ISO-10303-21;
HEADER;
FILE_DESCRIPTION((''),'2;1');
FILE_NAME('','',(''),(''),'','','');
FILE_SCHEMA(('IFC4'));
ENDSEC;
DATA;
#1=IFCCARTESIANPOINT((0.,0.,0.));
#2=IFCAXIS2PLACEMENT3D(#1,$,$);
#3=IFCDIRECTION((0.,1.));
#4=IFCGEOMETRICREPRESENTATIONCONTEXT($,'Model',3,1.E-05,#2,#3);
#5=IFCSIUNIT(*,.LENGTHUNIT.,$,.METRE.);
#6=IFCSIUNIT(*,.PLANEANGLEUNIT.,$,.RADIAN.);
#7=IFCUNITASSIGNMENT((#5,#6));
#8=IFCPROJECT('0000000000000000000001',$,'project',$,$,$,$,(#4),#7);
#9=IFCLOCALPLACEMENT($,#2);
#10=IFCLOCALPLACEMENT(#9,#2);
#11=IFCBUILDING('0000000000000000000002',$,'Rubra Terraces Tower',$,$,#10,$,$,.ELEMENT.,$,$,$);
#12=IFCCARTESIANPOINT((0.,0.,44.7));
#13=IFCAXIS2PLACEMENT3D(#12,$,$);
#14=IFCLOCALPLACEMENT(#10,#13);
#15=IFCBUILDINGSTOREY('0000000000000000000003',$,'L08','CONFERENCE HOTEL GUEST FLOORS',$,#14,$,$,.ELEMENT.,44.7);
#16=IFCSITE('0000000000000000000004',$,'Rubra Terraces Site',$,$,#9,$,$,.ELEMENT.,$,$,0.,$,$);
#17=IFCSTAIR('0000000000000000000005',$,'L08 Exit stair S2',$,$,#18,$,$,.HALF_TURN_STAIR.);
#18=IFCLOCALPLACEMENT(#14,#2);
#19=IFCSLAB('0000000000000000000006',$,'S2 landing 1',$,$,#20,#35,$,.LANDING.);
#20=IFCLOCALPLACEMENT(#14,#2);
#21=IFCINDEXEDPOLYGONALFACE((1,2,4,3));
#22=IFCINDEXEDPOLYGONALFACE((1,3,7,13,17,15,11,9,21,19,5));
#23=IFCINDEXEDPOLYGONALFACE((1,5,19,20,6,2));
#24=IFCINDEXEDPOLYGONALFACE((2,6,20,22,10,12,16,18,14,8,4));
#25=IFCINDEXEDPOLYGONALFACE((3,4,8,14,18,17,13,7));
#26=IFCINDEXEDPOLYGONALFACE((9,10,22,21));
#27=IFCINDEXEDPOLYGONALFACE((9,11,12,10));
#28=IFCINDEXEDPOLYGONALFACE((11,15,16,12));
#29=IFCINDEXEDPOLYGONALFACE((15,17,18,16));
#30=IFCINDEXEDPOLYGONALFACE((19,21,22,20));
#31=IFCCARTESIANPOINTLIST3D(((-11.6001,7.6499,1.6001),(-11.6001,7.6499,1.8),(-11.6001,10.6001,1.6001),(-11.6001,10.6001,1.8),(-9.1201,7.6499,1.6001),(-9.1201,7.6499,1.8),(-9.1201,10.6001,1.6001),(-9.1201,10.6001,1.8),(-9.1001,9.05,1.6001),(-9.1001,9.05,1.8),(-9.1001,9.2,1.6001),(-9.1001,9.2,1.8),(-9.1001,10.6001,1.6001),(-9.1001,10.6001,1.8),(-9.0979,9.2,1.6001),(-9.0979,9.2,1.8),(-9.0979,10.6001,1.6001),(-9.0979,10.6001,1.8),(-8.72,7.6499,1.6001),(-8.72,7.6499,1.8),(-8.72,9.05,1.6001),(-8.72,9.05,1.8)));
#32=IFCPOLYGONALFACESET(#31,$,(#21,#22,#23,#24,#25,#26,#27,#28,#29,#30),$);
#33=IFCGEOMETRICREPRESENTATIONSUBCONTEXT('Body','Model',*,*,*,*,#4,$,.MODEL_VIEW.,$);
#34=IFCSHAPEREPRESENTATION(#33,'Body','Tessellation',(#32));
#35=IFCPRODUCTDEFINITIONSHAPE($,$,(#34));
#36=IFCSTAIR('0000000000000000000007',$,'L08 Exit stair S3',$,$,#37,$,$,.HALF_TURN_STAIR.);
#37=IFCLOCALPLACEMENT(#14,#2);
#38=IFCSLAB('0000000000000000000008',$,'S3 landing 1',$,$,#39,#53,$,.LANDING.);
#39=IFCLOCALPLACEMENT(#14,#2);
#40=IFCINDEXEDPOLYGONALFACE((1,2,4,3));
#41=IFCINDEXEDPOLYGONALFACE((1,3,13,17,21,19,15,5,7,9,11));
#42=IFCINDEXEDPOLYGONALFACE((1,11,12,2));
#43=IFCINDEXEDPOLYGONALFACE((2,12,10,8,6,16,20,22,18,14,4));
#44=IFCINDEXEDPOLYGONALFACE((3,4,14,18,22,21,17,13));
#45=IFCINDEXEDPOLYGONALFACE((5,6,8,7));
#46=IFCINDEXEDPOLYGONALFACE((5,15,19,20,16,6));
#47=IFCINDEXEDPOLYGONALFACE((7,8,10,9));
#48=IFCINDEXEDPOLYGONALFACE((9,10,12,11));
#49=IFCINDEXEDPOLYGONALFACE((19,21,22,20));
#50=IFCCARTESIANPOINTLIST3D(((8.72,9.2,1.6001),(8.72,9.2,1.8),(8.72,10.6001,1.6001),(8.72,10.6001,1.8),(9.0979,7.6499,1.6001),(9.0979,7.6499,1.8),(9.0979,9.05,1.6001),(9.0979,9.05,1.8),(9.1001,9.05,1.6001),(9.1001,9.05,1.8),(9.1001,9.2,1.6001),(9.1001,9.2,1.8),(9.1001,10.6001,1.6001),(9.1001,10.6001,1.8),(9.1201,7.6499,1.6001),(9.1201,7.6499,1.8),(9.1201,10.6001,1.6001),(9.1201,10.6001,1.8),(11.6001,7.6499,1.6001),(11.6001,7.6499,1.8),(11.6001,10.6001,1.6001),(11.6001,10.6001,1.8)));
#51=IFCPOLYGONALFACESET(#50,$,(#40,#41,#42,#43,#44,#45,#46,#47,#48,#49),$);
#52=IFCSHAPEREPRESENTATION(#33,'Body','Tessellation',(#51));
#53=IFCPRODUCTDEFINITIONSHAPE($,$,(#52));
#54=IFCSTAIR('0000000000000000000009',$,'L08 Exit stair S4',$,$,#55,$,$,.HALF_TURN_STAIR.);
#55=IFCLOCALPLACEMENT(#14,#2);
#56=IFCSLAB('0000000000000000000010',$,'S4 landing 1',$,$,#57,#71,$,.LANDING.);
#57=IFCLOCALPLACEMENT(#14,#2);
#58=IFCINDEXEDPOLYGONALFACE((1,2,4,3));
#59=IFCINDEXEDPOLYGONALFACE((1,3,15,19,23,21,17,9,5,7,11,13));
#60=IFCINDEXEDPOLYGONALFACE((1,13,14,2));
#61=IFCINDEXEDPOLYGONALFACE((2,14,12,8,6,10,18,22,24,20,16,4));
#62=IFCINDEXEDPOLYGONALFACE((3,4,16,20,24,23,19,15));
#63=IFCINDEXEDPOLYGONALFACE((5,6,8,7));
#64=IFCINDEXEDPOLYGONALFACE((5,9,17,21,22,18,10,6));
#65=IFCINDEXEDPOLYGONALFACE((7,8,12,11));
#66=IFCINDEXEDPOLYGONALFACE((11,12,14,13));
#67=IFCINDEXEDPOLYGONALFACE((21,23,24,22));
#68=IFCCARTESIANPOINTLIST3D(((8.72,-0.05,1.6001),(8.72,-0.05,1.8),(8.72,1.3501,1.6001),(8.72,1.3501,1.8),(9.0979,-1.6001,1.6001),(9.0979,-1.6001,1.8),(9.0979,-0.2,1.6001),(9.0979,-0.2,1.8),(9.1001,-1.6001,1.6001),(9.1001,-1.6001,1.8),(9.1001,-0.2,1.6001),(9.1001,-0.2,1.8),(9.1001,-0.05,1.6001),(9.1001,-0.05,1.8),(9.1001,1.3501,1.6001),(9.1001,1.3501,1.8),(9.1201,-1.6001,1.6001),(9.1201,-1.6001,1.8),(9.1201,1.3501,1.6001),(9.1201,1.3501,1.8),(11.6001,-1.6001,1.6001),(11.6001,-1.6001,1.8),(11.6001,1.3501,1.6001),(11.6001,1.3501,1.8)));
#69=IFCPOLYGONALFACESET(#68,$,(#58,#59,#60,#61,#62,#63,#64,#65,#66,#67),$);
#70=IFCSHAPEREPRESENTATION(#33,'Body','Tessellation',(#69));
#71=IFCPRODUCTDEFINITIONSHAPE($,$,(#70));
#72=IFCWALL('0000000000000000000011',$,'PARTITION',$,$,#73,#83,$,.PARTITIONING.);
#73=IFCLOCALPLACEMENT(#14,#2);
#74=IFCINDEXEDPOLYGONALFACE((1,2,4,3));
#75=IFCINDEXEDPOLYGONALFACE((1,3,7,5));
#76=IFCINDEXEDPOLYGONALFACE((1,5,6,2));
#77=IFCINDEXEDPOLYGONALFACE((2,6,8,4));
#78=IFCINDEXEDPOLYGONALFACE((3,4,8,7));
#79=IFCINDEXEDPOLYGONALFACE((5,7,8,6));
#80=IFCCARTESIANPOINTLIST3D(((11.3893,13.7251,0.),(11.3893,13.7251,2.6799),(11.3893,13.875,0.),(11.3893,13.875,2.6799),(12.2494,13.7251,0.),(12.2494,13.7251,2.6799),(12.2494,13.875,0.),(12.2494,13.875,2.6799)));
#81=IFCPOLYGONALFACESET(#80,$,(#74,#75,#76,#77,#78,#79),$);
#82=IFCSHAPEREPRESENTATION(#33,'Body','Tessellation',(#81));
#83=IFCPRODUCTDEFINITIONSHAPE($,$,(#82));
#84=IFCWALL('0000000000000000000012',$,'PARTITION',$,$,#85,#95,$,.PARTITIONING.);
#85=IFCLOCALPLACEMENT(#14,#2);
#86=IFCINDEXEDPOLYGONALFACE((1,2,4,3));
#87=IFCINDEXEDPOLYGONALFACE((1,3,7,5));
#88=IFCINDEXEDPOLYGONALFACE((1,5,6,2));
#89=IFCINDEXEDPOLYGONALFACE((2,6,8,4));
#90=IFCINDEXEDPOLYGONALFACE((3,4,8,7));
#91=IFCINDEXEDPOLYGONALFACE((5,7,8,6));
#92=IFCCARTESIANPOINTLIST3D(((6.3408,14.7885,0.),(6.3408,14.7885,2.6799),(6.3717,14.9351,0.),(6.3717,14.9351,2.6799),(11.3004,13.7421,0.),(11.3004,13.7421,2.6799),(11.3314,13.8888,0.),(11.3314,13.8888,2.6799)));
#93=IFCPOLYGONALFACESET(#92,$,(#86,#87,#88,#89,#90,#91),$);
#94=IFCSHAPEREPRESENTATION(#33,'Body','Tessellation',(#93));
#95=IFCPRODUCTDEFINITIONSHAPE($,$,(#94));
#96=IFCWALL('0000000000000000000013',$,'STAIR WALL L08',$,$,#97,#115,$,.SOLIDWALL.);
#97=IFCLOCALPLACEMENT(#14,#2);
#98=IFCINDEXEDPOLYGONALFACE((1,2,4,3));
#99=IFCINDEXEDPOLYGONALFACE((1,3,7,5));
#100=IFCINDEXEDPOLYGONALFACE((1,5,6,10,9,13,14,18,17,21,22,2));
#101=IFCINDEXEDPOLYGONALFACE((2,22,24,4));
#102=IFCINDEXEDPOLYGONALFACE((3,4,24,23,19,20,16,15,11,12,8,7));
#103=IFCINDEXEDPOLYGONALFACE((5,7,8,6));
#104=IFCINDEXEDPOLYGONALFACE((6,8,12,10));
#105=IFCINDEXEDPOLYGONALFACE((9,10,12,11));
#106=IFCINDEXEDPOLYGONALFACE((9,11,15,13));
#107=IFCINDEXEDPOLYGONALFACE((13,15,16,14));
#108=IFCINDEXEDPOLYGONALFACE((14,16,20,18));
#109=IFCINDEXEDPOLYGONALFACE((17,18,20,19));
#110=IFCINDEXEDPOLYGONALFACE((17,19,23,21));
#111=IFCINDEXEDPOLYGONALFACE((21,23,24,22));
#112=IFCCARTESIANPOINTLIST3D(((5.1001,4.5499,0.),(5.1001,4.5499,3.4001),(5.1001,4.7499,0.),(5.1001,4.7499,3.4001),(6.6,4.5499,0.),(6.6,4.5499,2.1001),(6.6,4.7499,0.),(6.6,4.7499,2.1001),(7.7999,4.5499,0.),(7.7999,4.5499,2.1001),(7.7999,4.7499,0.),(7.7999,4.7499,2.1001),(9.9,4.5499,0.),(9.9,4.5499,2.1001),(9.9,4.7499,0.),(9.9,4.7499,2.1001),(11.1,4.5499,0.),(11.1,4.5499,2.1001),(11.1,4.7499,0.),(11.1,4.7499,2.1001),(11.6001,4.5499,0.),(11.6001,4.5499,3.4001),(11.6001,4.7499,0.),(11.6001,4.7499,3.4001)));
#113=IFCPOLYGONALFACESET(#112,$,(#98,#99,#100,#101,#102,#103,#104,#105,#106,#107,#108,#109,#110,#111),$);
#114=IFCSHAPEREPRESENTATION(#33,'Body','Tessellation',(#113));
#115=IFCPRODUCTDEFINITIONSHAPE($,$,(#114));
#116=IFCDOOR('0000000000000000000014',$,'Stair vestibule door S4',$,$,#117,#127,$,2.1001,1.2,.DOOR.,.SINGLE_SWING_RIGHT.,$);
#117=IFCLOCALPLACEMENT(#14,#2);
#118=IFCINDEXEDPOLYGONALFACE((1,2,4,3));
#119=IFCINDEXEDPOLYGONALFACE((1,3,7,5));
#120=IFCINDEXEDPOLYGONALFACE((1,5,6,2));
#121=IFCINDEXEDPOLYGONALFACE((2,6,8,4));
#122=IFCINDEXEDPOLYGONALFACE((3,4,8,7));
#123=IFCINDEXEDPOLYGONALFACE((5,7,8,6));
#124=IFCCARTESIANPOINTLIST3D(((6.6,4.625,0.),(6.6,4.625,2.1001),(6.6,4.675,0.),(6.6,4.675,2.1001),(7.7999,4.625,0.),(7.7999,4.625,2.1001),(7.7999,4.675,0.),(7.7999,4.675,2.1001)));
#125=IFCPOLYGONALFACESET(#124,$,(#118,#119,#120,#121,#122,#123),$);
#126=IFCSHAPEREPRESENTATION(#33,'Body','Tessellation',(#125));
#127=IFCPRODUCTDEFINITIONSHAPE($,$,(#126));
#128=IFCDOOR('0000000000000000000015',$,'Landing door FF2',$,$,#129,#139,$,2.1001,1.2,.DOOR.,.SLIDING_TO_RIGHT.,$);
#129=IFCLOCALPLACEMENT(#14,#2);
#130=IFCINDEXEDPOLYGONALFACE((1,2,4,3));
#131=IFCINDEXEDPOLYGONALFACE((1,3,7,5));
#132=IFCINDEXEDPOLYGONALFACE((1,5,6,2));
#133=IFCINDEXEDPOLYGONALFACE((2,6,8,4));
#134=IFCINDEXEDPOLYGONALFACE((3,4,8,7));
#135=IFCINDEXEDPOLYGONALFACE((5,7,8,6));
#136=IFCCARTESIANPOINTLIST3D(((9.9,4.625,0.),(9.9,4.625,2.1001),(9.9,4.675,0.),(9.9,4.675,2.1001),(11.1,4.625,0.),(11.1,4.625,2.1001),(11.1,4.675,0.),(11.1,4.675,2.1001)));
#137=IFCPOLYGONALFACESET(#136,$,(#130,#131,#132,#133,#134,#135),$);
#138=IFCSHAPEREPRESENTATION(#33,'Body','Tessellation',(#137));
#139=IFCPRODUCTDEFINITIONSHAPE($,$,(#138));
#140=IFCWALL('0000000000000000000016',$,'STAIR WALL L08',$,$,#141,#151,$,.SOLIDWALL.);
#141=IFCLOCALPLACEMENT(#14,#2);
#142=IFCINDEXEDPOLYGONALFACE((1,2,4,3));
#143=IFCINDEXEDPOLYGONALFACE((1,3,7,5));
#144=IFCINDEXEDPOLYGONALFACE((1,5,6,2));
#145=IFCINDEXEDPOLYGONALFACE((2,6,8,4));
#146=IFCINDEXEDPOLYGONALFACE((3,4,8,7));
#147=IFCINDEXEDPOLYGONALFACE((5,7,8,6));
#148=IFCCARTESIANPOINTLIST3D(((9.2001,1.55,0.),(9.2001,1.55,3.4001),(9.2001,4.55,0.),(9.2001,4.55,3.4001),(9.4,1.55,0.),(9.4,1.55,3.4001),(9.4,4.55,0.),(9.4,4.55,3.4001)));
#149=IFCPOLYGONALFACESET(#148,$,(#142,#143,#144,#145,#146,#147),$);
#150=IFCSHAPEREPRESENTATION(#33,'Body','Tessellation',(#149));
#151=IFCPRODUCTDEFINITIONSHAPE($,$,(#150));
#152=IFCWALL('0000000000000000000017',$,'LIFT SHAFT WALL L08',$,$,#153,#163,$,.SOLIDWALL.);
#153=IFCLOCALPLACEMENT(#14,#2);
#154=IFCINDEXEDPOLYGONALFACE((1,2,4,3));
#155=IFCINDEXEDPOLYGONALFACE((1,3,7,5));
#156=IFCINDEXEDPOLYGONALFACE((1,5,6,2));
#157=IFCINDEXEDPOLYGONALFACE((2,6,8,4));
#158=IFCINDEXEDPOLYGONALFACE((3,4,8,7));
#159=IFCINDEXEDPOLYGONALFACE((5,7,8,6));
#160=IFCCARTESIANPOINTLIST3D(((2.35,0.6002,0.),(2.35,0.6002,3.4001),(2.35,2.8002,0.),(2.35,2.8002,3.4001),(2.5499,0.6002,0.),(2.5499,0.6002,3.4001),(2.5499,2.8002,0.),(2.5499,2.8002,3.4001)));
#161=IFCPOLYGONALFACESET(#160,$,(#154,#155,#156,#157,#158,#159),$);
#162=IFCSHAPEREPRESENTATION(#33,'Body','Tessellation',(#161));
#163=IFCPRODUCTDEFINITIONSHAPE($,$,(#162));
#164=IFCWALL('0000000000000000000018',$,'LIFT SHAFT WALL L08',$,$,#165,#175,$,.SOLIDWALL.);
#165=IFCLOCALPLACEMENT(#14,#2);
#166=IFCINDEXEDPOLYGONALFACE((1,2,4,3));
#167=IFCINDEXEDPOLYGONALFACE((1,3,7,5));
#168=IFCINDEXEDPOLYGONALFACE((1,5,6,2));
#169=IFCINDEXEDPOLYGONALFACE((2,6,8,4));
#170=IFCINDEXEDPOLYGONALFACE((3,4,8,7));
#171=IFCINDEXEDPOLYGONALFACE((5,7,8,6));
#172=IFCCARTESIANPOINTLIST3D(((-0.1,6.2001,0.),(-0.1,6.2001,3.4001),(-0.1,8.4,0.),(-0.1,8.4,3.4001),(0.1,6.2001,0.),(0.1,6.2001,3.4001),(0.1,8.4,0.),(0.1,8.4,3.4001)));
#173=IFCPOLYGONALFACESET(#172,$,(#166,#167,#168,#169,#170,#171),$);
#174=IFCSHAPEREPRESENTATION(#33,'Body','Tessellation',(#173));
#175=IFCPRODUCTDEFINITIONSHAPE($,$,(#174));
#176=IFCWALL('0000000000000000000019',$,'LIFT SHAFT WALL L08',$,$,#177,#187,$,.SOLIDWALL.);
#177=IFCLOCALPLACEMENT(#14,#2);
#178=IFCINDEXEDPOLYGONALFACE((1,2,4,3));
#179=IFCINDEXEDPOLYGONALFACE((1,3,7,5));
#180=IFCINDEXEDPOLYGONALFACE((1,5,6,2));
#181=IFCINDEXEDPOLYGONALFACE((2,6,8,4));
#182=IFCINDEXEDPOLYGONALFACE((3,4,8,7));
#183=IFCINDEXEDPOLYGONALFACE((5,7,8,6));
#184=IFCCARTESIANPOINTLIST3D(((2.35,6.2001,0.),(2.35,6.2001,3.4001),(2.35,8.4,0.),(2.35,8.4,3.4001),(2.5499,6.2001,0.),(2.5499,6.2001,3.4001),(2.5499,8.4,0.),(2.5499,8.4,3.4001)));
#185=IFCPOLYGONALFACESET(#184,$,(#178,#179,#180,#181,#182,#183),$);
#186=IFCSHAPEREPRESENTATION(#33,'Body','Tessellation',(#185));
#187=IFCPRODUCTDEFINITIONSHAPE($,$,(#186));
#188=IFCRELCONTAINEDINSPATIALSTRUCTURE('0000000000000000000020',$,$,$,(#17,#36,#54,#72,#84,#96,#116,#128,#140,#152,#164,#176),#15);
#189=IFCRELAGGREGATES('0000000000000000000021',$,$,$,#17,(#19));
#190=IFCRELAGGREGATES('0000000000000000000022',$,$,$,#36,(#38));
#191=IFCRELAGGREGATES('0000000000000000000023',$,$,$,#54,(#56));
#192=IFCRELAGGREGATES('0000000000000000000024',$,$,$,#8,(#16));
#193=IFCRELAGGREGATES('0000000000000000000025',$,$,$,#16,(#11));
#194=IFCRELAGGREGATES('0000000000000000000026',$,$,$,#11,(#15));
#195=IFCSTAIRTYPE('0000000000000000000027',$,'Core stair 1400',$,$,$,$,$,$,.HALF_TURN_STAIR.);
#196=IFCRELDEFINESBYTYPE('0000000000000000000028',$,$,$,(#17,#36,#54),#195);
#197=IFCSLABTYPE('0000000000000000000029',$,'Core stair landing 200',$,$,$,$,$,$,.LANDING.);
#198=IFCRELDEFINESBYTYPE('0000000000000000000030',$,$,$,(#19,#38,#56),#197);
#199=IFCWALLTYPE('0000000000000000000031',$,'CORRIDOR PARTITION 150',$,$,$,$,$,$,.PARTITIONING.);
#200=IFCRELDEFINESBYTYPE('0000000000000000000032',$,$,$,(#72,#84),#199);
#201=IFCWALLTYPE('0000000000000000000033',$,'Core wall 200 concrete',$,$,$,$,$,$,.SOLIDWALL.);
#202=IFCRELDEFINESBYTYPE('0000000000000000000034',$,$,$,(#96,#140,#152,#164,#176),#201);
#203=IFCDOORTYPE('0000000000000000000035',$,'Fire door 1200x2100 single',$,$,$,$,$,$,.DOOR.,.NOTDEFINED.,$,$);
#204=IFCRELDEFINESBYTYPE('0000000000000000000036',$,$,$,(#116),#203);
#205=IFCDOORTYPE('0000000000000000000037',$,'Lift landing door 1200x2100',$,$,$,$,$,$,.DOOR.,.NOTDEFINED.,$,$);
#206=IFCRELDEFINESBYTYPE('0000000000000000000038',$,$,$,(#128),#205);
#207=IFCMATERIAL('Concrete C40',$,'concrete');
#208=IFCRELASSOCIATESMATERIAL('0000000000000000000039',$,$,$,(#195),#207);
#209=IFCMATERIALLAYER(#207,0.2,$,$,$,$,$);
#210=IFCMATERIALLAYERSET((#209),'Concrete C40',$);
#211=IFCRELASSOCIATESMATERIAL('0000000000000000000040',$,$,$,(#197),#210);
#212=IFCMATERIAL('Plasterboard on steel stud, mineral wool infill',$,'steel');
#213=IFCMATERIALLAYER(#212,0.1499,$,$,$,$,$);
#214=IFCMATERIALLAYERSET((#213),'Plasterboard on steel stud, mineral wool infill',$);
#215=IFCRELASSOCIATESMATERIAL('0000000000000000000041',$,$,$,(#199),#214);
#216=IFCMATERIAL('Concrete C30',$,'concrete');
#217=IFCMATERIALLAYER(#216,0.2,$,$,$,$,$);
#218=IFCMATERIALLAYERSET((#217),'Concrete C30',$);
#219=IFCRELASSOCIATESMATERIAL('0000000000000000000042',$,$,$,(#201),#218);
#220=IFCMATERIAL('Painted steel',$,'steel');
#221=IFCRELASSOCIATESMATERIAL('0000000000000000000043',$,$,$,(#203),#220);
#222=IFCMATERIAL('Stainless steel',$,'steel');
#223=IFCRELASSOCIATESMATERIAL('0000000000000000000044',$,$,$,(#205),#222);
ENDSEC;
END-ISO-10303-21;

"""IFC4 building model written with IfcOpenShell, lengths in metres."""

from ifc_helpers import new_model, si_unit, direction, frame, frame_2d, origin, place, context, subcontext, project, spatial, polyline, rectangle, outline, extrude, material, layer, layer_set, type_object, element, fill, aggregate, save


model = new_model("IFC4")

# Units and contexts
model_context = context("Model", 3, precision=1e-05, world=origin(), true_north=direction((0.0, 1.0)))
body_context = subcontext(model_context, "Body", "Model", "MODEL_VIEW")
ifc_project = project(units=[si_unit("LENGTHUNIT", "METRE"), si_unit("PLANEANGLEUNIT", "RADIAN")], contexts=[model_context])

# Site, building, storey
site_placement = place(None, origin())
site = spatial("IfcSite", under=ifc_project, at=site_placement, Name="Rubra Terraces Site", CompositionType="ELEMENT", RefElevation=0.0)
building_placement = place(site_placement, origin())
building = spatial("IfcBuilding", under=site, at=building_placement, Name="Rubra Terraces Tower", CompositionType="ELEMENT")
storey_placement = place(building_placement, frame((0.0, 0.0, 44.7)))
storey = spatial("IfcBuildingStorey", under=building, at=storey_placement, Name="L08", Description="CONFERENCE HOTEL GUEST FLOORS", CompositionType="ELEMENT", Elevation=44.7)

# Stairs, slabs
ifc_material_1 = material(Name="Concrete C40", Category="concrete")
stair_type = type_object("IfcStairType", Name="Core stair 1400", PredefinedType="HALF_TURN_STAIR", material=ifc_material_1)
stair_1_placement = place(storey_placement, origin())
stair_1 = element("IfcStair", 1, at=stair_1_placement, inside=storey, type_object=stair_type, Name="L08 Exit stair S2", PredefinedType="HALF_TURN_STAIR")
ifc_layer_1 = layer(ifc_material_1, 0.2)
ifc_layer_set_1 = layer_set([ifc_layer_1], Name="Concrete C40")
slab_type = type_object("IfcSlabType", Name="Core stair landing 200", PredefinedType="LANDING", material=ifc_layer_set_1)
slab_1_placement = place(storey_placement, frame((0.0, 0.0, 1.6001)))
slab_1 = element("IfcSlab", 2, at=slab_1_placement, type_object=slab_type, Name="S2 landing 1", PredefinedType="LANDING", context=body_context, shape_type="SweptSolid", body=[
    extrude(outline(polyline([(-8.72, 9.05), (-8.72, 7.6499), (-9.1201, 7.6499), (-11.6001, 7.6499), (-11.6001, 10.6001), (-9.1201, 10.6001), (-9.1001, 10.6001), (-9.0979, 10.6001), (-9.0979, 9.2), (-9.1001, 9.2), (-9.1001, 9.05), (-8.72, 9.05)])), origin(), (0.0, 0.0, 1.0), 0.2),
])
aggregate(stair_1, [slab_1])
stair_2_placement = place(storey_placement, origin())
stair_2 = element("IfcStair", 3, at=stair_2_placement, inside=storey, type_object=stair_type, Name="L08 Exit stair S3", PredefinedType="HALF_TURN_STAIR")
slab_2_placement = place(storey_placement, frame((0.0, 0.0, 1.6001)))
slab_2 = element("IfcSlab", 4, at=slab_2_placement, type_object=slab_type, Name="S3 landing 1", PredefinedType="LANDING", context=body_context, shape_type="SweptSolid", body=[
    extrude(outline(polyline([(9.1001, 9.05), (9.1001, 9.2), (8.72, 9.2), (8.72, 10.6001), (9.1001, 10.6001), (9.1201, 10.6001), (11.6001, 10.6001), (11.6001, 7.6499), (9.1201, 7.6499), (9.0979, 7.6499), (9.0979, 9.05), (9.1001, 9.05)])), origin(), (0.0, 0.0, 1.0), 0.2),
])
stair_3_placement = place(storey_placement, origin())
stair_3 = element("IfcStair", 5, at=stair_3_placement, inside=storey, type_object=stair_type, Name="L08 Exit stair S4", PredefinedType="HALF_TURN_STAIR")
slab_3_placement = place(storey_placement, frame((0.0, 0.0, 1.6001)))
slab_3 = element("IfcSlab", 6, at=slab_3_placement, type_object=slab_type, Name="S4 landing 1", PredefinedType="LANDING", context=body_context, shape_type="SweptSolid", body=[
    extrude(outline(polyline([(9.1001, -0.2), (9.1001, -0.05), (8.72, -0.05), (8.72, 1.3501), (9.1001, 1.3501), (9.1201, 1.3501), (11.6001, 1.3501), (11.6001, -1.6001), (9.1201, -1.6001), (9.1001, -1.6001), (9.0979, -1.6001), (9.0979, -0.2), (9.1001, -0.2)])), origin(), (0.0, 0.0, 1.0), 0.2),
])

# Walls
ifc_material_2 = material(Name="Plasterboard on steel stud, mineral wool infill", Category="steel")
ifc_layer_2 = layer(ifc_material_2, 0.1499)
ifc_layer_set_2 = layer_set([ifc_layer_2], Name="Plasterboard on steel stud, mineral wool infill")
wall_type_1 = type_object("IfcWallType", Name="CORRIDOR PARTITION 150", PredefinedType="PARTITIONING", material=ifc_layer_set_2)
wall_1_placement = place(storey_placement, frame((12.2495, 13.8, 0.0), z_axis=(0.0, 0.0, 1.0), x_axis=(-1.0, 0.0, 0.0)))
element("IfcWall", 7, at=wall_1_placement, inside=storey, type_object=wall_type_1, Name="PARTITION", PredefinedType="PARTITIONING", context=body_context, shape_type="SweptSolid", body=[
    extrude(rectangle(XDim=0.8601, YDim=0.1499, at=frame_2d((0.4302, 0.0))), origin(), (0.0, 0.0, 1.0), 2.6799),
])
wall_2_placement = place(storey_placement, frame((11.3159, 13.8154, 0.0), z_axis=(0.0, 0.0, 1.0), x_axis=(-0.978461, 0.206433, 0.0)))
element("IfcWall", 8, at=wall_2_placement, inside=storey, type_object=wall_type_1, Name="PARTITION", PredefinedType="PARTITIONING", context=body_context, shape_type="SweptSolid", body=[
    extrude(rectangle(XDim=5.0688, YDim=0.1499, at=frame_2d((2.5344, 0.0))), origin(), (0.0, 0.0, 1.0), 2.6799),
])

# Wall, openings, doors
ifc_material_3 = material(Name="Concrete C30", Category="concrete")
ifc_layer_3 = layer(ifc_material_3, 0.2)
ifc_layer_set_3 = layer_set([ifc_layer_3], Name="Concrete C30")
wall_type_2 = type_object("IfcWallType", Name="Core wall 200 concrete", PredefinedType="SOLIDWALL", material=ifc_layer_set_3)
wall_3_placement = place(storey_placement, frame((11.6001, 4.6499, 0.0), z_axis=(0.0, 0.0, 1.0), x_axis=(-1.0, 0.0, 0.0)))
wall_3 = element("IfcWall", 9, at=wall_3_placement, inside=storey, type_object=wall_type_2, Name="STAIR WALL L08", PredefinedType="SOLIDWALL", context=body_context, shape_type="SweptSolid", body=[
    extrude(rectangle(XDim=6.5, YDim=0.2, at=frame_2d((3.25, 0.0))), origin(), (0.0, 0.0, 1.0), 3.4001),
])
opening_1_placement = place(wall_3_placement, frame((3.8, 0.0, 0.0)))
opening_1 = element("IfcOpeningElement", 10, at=opening_1_placement, cuts=wall_3, PredefinedType="OPENING", context=body_context, shape_type="SweptSolid", body=[
    extrude(rectangle(XDim=1.2, YDim=2.1001, at=frame_2d((0.6001, 1.05))), frame((0.0, 0.1099, 0.0), z_axis=(0.0, -1.0, 0.0), x_axis=(1.0, 0.0, 0.0)), (0.0, 0.0, 1.0), 0.22),
])
opening_2_placement = place(wall_3_placement, frame((0.5, 0.0, 0.0)))
opening_2 = element("IfcOpeningElement", 11, at=opening_2_placement, cuts=wall_3, PredefinedType="OPENING", context=body_context, shape_type="SweptSolid", body=[
    extrude(rectangle(XDim=1.2, YDim=2.1001, at=frame_2d((0.6001, 1.05))), frame((0.0, 0.1099, 0.0), z_axis=(0.0, -1.0, 0.0), x_axis=(1.0, 0.0, 0.0)), (0.0, 0.0, 1.0), 0.22),
])
ifc_material_4 = material(Name="Painted steel", Category="steel")
door_type_1 = type_object("IfcDoorType", Name="Fire door 1200x2100 single", OperationType="NOTDEFINED", PredefinedType="DOOR", material=ifc_material_4)
door_1_placement = place(opening_1_placement, origin())
door_1 = element("IfcDoor", 12, at=door_1_placement, inside=storey, type_object=door_type_1, Name="Stair vestibule door S4", OperationType="SINGLE_SWING_RIGHT", OverallHeight=2.1001, OverallWidth=1.2, PredefinedType="DOOR", context=body_context, shape_type="SweptSolid", body=[
    extrude(rectangle(XDim=1.2, YDim=2.1001, at=frame_2d((0.6001, 1.05))), frame((0.0, 0.0249, 0.0), z_axis=(0.0, -1.0, 0.0), x_axis=(1.0, 0.0, 0.0)), (0.0, 0.0, 1.0), 0.05),
])
fill(opening_1, door_1)
ifc_material_5 = material(Name="Stainless steel", Category="steel")
door_type_2 = type_object("IfcDoorType", Name="Lift landing door 1200x2100", OperationType="NOTDEFINED", PredefinedType="DOOR", material=ifc_material_5)
door_2_placement = place(opening_2_placement, origin())
door_2 = element("IfcDoor", 13, at=door_2_placement, inside=storey, type_object=door_type_2, Name="Landing door FF2", OperationType="SLIDING_TO_RIGHT", OverallHeight=2.1001, OverallWidth=1.2, PredefinedType="DOOR", context=body_context, shape_type="SweptSolid", body=[
    extrude(rectangle(XDim=1.2, YDim=2.1001, at=frame_2d((0.6001, 1.05))), frame((0.0, 0.0249, 0.0), z_axis=(0.0, -1.0, 0.0), x_axis=(1.0, 0.0, 0.0)), (0.0, 0.0, 1.0), 0.05),
])
fill(opening_2, door_2)

# Walls
wall_4_placement = place(storey_placement, frame((9.3, 4.55, 0.0), z_axis=(0.0, 0.0, 1.0), x_axis=(0.0, -1.0, 0.0)))
element("IfcWall", 14, at=wall_4_placement, inside=storey, type_object=wall_type_2, Name="STAIR WALL L08", PredefinedType="SOLIDWALL", context=body_context, shape_type="SweptSolid", body=[
    extrude(rectangle(XDim=3.0, YDim=0.2, at=frame_2d((1.5, 0.0))), origin(), (0.0, 0.0, 1.0), 3.4001),
])
for number, where, z_axis, x_axis, name in (
    (15, (2.45, 0.6001, 0.0), (0.0, 0.0, 1.0), (0.0, 1.0, 0.0), "LIFT SHAFT WALL L08"),
    (16, (0.0, 6.2, 0.0), (0.0, 0.0, 1.0), (0.0, 1.0, 0.0), "LIFT SHAFT WALL L08"),
    (17, (2.45, 6.2, 0.0), (0.0, 0.0, 1.0), (0.0, 1.0, 0.0), "LIFT SHAFT WALL L08"),
):
    element("IfcWall", number, at=place(storey_placement, frame(where, z_axis=z_axis, x_axis=x_axis)), inside=storey, type_object=wall_type_2, Name=name, PredefinedType="SOLIDWALL", context=body_context, shape_type="SweptSolid", body=[
        extrude(rectangle(XDim=2.2, YDim=0.2, at=frame_2d((1.1001, 0.0))), origin(), (0.0, 0.0, 1.0), 3.4001),
    ])

aggregate(stair_2, [slab_2])
aggregate(stair_3, [slab_3])

save(model, "model.ifc")
